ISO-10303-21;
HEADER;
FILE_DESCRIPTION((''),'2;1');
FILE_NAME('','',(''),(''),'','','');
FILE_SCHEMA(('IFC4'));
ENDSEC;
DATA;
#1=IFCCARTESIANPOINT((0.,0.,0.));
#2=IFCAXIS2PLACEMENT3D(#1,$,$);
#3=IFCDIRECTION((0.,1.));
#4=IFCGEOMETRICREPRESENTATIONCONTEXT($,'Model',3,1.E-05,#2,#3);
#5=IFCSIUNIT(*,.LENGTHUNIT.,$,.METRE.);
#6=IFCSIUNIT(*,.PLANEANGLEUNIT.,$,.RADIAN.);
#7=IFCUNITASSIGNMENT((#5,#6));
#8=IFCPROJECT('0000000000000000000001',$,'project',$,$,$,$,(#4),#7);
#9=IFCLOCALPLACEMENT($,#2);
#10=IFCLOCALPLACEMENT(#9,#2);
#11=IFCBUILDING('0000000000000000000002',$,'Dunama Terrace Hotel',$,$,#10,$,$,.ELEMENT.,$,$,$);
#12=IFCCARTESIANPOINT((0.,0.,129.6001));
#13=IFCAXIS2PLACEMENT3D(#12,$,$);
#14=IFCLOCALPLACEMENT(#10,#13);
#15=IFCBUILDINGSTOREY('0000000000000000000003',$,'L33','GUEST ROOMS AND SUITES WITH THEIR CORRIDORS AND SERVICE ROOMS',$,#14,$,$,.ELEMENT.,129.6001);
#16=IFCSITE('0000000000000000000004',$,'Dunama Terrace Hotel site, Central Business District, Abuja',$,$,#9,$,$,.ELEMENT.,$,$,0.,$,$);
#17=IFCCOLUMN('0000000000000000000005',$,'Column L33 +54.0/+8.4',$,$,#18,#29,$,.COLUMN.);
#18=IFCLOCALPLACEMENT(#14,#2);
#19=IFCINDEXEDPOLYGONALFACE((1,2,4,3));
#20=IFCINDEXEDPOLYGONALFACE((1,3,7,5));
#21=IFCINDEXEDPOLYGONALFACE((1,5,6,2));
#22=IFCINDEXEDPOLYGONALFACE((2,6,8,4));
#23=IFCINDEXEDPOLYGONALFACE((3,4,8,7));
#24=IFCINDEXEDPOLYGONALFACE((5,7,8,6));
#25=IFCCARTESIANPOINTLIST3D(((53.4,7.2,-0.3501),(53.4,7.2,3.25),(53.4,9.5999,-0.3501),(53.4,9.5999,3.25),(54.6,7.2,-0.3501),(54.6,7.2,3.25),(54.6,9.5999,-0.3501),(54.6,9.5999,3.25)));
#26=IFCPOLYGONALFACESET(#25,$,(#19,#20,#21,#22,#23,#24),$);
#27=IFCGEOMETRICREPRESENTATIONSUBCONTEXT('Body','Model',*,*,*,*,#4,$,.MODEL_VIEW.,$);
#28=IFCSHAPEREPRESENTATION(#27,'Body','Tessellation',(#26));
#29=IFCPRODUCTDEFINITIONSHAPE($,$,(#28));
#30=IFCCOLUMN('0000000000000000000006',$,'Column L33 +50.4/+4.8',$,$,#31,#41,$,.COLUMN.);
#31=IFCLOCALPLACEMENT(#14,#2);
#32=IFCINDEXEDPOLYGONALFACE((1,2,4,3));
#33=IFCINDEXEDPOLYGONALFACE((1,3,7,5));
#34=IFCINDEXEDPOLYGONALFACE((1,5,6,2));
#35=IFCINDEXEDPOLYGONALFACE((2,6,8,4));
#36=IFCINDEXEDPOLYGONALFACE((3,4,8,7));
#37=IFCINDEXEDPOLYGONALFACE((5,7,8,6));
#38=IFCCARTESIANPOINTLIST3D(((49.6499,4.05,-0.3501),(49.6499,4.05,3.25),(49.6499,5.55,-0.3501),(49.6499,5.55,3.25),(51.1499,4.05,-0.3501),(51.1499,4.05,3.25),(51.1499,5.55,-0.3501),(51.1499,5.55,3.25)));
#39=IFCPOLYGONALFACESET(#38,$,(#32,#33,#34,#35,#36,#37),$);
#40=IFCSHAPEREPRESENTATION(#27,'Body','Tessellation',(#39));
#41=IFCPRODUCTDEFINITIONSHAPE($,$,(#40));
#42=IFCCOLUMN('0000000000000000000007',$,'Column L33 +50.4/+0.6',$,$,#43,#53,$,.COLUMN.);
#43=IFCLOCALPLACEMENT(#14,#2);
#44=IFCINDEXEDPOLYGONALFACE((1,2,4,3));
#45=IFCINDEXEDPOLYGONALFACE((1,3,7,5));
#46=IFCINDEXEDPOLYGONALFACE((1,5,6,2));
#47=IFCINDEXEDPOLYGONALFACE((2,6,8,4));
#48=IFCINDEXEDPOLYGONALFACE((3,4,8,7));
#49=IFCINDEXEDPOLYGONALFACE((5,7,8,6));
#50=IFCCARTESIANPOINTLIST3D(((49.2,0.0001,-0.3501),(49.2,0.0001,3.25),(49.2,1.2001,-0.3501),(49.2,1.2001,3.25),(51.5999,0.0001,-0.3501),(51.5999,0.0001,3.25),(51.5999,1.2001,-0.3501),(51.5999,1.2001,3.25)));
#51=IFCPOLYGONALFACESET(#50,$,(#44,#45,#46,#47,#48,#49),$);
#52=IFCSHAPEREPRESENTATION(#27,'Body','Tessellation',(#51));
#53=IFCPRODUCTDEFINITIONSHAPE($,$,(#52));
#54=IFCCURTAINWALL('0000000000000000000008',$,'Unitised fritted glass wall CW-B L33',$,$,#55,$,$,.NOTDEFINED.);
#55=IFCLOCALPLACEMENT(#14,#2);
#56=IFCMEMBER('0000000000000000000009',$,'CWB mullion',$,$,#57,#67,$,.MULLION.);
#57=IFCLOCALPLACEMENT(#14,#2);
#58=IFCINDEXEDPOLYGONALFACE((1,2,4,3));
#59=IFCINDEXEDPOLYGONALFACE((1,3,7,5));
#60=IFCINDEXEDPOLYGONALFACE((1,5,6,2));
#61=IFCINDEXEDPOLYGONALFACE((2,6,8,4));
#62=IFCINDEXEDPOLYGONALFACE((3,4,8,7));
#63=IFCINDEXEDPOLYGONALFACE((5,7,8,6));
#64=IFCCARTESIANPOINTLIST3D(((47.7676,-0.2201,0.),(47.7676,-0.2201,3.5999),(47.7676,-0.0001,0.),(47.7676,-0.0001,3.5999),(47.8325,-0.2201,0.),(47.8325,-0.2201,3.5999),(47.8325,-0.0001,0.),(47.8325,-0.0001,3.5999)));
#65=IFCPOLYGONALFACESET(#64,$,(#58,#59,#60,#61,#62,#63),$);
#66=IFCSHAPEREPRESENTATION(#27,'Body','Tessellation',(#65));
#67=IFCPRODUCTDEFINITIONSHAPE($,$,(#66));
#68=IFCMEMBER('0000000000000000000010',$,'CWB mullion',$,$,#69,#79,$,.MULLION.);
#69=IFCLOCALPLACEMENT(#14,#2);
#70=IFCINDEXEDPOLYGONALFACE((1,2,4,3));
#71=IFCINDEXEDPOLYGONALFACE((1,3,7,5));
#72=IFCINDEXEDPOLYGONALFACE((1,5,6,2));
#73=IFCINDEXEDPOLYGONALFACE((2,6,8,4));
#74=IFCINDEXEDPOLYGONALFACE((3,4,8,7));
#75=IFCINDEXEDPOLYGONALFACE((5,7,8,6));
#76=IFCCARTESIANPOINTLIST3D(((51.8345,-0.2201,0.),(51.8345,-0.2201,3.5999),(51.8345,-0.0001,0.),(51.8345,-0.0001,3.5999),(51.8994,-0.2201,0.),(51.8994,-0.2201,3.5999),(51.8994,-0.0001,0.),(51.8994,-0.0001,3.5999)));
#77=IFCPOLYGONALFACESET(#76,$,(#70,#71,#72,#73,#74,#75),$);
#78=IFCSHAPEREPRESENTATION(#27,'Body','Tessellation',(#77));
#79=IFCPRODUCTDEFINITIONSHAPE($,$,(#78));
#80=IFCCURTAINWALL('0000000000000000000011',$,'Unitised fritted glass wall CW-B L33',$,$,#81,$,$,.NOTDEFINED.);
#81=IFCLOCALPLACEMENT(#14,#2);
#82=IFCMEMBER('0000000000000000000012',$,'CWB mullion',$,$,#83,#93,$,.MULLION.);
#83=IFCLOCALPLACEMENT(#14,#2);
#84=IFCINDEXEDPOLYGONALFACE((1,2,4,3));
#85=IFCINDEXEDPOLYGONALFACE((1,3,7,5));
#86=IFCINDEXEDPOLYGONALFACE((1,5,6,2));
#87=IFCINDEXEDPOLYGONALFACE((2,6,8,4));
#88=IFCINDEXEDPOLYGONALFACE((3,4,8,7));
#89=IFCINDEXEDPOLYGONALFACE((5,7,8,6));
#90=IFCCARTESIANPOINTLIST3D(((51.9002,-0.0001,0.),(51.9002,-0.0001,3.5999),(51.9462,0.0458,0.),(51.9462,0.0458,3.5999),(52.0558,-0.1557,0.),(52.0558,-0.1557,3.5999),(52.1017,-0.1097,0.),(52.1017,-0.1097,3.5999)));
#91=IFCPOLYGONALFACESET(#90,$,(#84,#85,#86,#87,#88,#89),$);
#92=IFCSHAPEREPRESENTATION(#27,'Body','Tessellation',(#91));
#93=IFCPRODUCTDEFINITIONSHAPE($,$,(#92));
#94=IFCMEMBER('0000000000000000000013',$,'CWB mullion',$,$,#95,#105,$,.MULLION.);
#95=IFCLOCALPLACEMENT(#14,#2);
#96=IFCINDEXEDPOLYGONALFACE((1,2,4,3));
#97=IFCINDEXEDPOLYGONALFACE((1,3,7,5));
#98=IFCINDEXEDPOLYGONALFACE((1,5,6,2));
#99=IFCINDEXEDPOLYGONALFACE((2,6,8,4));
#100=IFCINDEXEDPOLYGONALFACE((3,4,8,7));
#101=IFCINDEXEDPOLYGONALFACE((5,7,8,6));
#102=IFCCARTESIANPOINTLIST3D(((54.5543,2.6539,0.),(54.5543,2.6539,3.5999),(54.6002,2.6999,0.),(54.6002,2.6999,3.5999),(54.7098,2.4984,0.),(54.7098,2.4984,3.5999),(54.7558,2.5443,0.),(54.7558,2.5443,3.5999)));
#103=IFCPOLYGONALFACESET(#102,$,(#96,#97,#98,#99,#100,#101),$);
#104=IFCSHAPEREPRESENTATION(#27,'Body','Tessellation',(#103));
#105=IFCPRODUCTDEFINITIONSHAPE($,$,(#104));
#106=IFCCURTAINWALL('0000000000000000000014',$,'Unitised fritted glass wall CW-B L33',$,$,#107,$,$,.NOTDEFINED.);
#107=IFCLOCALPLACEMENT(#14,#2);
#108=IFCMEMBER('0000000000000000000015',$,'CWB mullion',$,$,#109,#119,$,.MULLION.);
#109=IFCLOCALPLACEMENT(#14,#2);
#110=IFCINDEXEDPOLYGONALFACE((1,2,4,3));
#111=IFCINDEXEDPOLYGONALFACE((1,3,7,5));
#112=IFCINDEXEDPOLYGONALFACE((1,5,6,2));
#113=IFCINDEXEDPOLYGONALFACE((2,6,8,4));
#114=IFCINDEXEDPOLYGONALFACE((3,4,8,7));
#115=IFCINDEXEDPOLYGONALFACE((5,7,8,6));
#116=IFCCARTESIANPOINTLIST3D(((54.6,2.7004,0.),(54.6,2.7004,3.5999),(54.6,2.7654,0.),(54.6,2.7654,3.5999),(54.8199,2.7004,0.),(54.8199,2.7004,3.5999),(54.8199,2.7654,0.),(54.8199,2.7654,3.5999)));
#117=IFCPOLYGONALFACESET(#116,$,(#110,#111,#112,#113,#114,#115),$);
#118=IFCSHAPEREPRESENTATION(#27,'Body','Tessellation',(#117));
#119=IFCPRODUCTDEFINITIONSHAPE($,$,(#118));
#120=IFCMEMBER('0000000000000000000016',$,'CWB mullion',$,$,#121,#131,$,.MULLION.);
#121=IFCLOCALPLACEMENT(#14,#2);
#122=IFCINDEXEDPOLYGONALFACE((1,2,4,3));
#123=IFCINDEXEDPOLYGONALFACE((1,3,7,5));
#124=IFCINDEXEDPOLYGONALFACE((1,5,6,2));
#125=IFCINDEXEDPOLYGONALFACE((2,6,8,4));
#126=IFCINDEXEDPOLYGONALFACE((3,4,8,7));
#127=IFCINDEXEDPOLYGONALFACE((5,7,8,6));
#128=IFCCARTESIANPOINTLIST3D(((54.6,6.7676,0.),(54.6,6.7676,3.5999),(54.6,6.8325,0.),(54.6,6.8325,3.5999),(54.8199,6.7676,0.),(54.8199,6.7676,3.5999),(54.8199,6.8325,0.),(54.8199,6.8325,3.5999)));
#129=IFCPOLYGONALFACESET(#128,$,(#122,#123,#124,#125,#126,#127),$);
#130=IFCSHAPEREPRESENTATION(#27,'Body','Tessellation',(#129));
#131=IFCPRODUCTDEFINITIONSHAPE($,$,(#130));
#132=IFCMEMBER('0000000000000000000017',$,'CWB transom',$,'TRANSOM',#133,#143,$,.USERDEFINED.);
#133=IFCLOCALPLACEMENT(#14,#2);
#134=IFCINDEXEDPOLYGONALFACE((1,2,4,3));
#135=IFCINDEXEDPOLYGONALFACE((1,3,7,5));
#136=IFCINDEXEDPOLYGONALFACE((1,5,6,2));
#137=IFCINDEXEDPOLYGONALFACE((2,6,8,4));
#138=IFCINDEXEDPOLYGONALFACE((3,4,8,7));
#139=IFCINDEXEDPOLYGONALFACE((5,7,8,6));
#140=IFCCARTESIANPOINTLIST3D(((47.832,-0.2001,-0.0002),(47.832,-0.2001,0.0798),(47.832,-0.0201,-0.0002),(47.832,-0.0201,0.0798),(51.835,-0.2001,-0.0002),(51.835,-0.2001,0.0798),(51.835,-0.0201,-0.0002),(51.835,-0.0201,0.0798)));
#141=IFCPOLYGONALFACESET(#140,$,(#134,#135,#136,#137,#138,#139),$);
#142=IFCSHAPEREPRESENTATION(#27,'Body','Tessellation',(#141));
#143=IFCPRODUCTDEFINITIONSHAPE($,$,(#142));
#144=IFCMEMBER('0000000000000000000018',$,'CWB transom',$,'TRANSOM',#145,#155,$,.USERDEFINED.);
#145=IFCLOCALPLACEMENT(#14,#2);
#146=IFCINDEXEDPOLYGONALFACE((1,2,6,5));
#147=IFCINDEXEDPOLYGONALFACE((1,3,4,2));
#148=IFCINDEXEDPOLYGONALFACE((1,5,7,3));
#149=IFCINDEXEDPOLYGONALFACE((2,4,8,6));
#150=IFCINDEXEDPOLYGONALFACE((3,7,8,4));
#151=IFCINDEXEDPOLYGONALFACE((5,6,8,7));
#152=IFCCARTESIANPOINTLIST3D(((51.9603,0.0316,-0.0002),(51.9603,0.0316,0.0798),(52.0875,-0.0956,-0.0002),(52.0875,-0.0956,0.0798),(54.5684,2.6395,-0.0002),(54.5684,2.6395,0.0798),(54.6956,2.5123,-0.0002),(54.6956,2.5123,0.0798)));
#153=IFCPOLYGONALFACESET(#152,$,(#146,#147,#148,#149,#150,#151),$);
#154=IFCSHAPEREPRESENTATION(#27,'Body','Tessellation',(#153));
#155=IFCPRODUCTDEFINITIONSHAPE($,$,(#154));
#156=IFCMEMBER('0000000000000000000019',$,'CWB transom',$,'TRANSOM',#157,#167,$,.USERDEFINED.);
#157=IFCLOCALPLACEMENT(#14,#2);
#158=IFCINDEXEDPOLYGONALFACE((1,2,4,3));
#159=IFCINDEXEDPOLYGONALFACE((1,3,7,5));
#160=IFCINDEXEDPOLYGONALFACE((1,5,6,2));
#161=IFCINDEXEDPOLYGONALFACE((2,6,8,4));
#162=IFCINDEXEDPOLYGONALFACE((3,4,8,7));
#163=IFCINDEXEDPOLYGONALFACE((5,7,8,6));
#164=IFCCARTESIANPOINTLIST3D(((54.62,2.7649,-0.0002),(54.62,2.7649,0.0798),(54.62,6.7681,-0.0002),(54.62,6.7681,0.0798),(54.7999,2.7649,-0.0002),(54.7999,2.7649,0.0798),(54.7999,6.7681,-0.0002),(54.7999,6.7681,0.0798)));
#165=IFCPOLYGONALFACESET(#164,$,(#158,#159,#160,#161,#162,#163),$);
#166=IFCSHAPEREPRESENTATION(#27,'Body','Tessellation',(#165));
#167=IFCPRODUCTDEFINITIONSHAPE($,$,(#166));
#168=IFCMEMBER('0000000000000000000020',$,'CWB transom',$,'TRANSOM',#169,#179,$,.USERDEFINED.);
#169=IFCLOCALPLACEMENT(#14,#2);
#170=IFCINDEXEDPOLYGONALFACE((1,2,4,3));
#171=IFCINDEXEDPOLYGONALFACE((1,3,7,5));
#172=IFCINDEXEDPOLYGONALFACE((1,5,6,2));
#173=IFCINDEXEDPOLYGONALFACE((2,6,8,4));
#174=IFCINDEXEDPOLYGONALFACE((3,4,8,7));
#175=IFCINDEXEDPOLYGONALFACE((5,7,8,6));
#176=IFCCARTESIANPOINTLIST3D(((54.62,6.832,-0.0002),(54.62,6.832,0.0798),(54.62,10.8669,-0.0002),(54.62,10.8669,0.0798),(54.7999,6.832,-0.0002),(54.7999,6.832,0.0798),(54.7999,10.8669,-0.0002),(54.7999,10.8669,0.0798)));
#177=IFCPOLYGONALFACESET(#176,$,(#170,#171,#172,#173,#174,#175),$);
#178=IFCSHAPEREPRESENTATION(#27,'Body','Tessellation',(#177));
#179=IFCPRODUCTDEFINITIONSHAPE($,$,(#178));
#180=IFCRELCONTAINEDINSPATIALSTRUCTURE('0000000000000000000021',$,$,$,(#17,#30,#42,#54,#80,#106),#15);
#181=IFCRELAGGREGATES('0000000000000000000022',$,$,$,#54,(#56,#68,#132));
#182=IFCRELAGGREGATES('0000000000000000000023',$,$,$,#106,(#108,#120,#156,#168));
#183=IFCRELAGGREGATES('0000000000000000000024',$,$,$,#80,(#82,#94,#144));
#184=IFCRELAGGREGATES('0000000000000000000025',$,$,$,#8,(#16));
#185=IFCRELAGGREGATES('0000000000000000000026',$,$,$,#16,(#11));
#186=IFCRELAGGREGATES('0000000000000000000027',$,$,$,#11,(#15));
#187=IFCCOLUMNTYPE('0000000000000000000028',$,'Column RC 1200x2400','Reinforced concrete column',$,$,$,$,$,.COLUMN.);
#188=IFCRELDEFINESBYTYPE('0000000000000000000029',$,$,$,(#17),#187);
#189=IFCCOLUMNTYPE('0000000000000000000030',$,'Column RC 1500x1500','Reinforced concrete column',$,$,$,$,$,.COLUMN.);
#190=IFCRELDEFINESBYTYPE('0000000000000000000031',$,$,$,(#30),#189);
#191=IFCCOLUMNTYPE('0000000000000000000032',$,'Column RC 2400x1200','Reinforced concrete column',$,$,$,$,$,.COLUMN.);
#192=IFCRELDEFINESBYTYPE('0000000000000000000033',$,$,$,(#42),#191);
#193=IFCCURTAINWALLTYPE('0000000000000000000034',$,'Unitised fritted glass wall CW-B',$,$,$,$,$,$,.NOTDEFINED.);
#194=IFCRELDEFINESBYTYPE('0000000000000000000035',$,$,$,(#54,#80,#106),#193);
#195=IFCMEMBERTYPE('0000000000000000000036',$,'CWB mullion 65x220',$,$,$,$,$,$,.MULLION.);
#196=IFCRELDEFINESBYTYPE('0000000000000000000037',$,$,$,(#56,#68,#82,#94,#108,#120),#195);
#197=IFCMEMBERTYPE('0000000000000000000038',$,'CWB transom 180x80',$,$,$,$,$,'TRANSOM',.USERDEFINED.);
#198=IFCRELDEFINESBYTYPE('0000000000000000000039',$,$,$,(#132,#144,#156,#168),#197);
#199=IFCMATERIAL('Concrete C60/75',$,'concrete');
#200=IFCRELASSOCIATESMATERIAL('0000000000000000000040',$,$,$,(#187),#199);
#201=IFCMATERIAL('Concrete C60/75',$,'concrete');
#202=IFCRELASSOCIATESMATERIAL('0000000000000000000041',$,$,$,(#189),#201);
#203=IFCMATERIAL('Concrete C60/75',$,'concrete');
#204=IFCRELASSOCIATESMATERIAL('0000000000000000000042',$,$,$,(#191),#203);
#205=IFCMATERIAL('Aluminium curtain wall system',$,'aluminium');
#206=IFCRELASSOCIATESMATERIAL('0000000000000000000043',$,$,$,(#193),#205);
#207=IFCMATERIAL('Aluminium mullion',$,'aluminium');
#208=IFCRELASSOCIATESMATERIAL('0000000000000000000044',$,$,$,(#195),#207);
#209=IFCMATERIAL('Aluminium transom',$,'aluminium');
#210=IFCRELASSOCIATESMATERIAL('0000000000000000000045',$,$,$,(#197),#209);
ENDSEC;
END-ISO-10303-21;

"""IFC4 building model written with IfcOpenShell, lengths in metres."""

from ifc_helpers import new_model, si_unit, direction, frame, origin, origin_2d, place, context, subcontext, project, spatial, rectangle, extrude, material, material_profile, profile_set, type_object, element, aggregate, save


model = new_model("IFC4")

# Units and contexts
model_context = context("Model", 3, precision=1e-05, world=origin(), true_north=direction((0.0, 1.0)))
body_context = subcontext(model_context, "Body", "Model", "MODEL_VIEW")
ifc_project = project(units=[si_unit("LENGTHUNIT", "METRE"), si_unit("PLANEANGLEUNIT", "RADIAN")], contexts=[model_context])

# Site, building, storey
site_placement = place(None, origin())
site = spatial("IfcSite", under=ifc_project, at=site_placement, Name="Dunama Terrace Hotel site, Central Business District, Abuja", CompositionType="ELEMENT", RefElevation=0.0)
building_placement = place(site_placement, origin())
building = spatial("IfcBuilding", under=site, at=building_placement, Name="Dunama Terrace Hotel", CompositionType="ELEMENT")
storey_placement = place(building_placement, frame((0.0, 0.0, 129.6001)))
storey = spatial("IfcBuildingStorey", under=building, at=storey_placement, Name="L33", Description="GUEST ROOMS AND SUITES WITH THEIR CORRIDORS AND SERVICE ROOMS", CompositionType="ELEMENT", Elevation=129.6001)

# Columns
ifc_material_1 = material(Name="Concrete C60/75", Category="concrete")
ifc_material_profile_1 = material_profile(ifc_material_1, rectangle(XDim=1.2, YDim=2.3999, at=origin_2d()), Name="RC 1200x2400")
ifc_profile_set_1 = profile_set([ifc_material_profile_1], Name="Concrete C60/75")
column_type_1 = type_object("IfcColumnType", Name="Column RC 1200x2400", Description="Reinforced concrete column", PredefinedType="COLUMN", material=ifc_profile_set_1)
column_1_placement = place(storey_placement, frame((54.0, 8.3999, -0.3501), z_axis=(0.0, 0.0, 1.0), x_axis=(1.0, 0.0, 0.0)))
element("IfcColumn", 1, at=column_1_placement, inside=storey, type_object=column_type_1, Name="Column L33 +54.0/+8.4", PredefinedType="COLUMN", context=body_context, shape_type="SweptSolid", body=[
    extrude(rectangle(XDim=1.2, YDim=2.3999, at=origin_2d()), origin(), (0.0, 0.0, 1.0), 3.6001),
])
ifc_material_2 = material(Name="Concrete C60/75", Category="concrete")
ifc_material_profile_2 = material_profile(ifc_material_2, rectangle(XDim=1.5, YDim=1.5, at=origin_2d()), Name="RC 1500x1500")
ifc_profile_set_2 = profile_set([ifc_material_profile_2], Name="Concrete C60/75")
column_type_2 = type_object("IfcColumnType", Name="Column RC 1500x1500", Description="Reinforced concrete column", PredefinedType="COLUMN", material=ifc_profile_set_2)
column_2_placement = place(storey_placement, frame((50.3999, 4.8, -0.3501), z_axis=(0.0, 0.0, 1.0), x_axis=(1.0, 0.0, 0.0)))
element("IfcColumn", 2, at=column_2_placement, inside=storey, type_object=column_type_2, Name="Column L33 +50.4/+4.8", PredefinedType="COLUMN", context=body_context, shape_type="SweptSolid", body=[
    extrude(rectangle(XDim=1.5, YDim=1.5, at=origin_2d()), origin(), (0.0, 0.0, 1.0), 3.6001),
])
ifc_material_3 = material(Name="Concrete C60/75", Category="concrete")
ifc_material_profile_3 = material_profile(ifc_material_3, rectangle(XDim=2.3999, YDim=1.2, at=origin_2d()), Name="RC 2400x1200")
ifc_profile_set_3 = profile_set([ifc_material_profile_3], Name="Concrete C60/75")
column_type_3 = type_object("IfcColumnType", Name="Column RC 2400x1200", Description="Reinforced concrete column", PredefinedType="COLUMN", material=ifc_profile_set_3)
column_3_placement = place(storey_placement, frame((50.3999, 0.6001, -0.3501), z_axis=(0.0, 0.0, 1.0), x_axis=(1.0, 0.0, 0.0)))
element("IfcColumn", 3, at=column_3_placement, inside=storey, type_object=column_type_3, Name="Column L33 +50.4/+0.6", PredefinedType="COLUMN", context=body_context, shape_type="SweptSolid", body=[
    extrude(rectangle(XDim=2.3999, YDim=1.2, at=origin_2d()), origin(), (0.0, 0.0, 1.0), 3.6001),
])

# Curtain walls, members
ifc_material_4 = material(Name="Aluminium curtain wall system", Category="aluminium")
curtain_wall_type = type_object("IfcCurtainWallType", Name="Unitised fritted glass wall CW-B", PredefinedType="NOTDEFINED", material=ifc_material_4)
curtain_wall_1_placement = place(storey_placement, origin())
curtain_wall_1 = element("IfcCurtainWall", 4, at=curtain_wall_1_placement, inside=storey, type_object=curtain_wall_type, Name="Unitised fritted glass wall CW-B L33", PredefinedType="NOTDEFINED")
ifc_material_5 = material(Name="Aluminium mullion", Category="aluminium")
ifc_material_profile_4 = material_profile(ifc_material_5, rectangle(XDim=0.0649, YDim=0.22, at=origin_2d()), Name="CWB MULLION 65X220")
ifc_profile_set_4 = profile_set([ifc_material_profile_4], Name="Aluminium mullion")
member_type_1 = type_object("IfcMemberType", Name="CWB mullion 65x220", PredefinedType="MULLION", material=ifc_profile_set_4)
member_1_placement = place(storey_placement, frame((47.8, -0.1101, 0.0), z_axis=(0.0, 0.0, 1.0), x_axis=(1.0, 0.0, 0.0)))
member_1 = element("IfcMember", 5, at=member_1_placement, type_object=member_type_1, Name="CWB mullion", PredefinedType="MULLION", context=body_context, shape_type="SweptSolid", body=[
    extrude(rectangle(XDim=0.0649, YDim=0.22, at=origin_2d()), origin(), (0.0, 0.0, 1.0), 3.5999),
])
member_2_placement = place(storey_placement, frame((51.8669, -0.1101, 0.0), z_axis=(0.0, 0.0, 1.0), x_axis=(1.0, 0.0, 0.0)))
member_2 = element("IfcMember", 6, at=member_2_placement, type_object=member_type_1, Name="CWB mullion", PredefinedType="MULLION", context=body_context, shape_type="SweptSolid", body=[
    extrude(rectangle(XDim=0.0649, YDim=0.22, at=origin_2d()), origin(), (0.0, 0.0, 1.0), 3.5999),
])
curtain_wall_2_placement = place(storey_placement, origin())
curtain_wall_2 = element("IfcCurtainWall", 7, at=curtain_wall_2_placement, inside=storey, type_object=curtain_wall_type, Name="Unitised fritted glass wall CW-B L33", PredefinedType="NOTDEFINED")
member_3_placement = place(storey_placement, frame((52.001, -0.0549, 0.0), z_axis=(0.0, 0.0, 1.0), x_axis=(0.707107, 0.707107, 0.0)))
member_3 = element("IfcMember", 8, at=member_3_placement, type_object=member_type_1, Name="CWB mullion", PredefinedType="MULLION", context=body_context, shape_type="SweptSolid", body=[
    extrude(rectangle(XDim=0.0649, YDim=0.22, at=origin_2d()), origin(), (0.0, 0.0, 1.0), 3.5999),
])
member_4_placement = place(storey_placement, frame((54.655, 2.5991, 0.0), z_axis=(0.0, 0.0, 1.0), x_axis=(0.707107, 0.707107, 0.0)))
member_4 = element("IfcMember", 9, at=member_4_placement, type_object=member_type_1, Name="CWB mullion", PredefinedType="MULLION", context=body_context, shape_type="SweptSolid", body=[
    extrude(rectangle(XDim=0.0649, YDim=0.22, at=origin_2d()), origin(), (0.0, 0.0, 1.0), 3.5999),
])
curtain_wall_3_placement = place(storey_placement, origin())
curtain_wall_3 = element("IfcCurtainWall", 10, at=curtain_wall_3_placement, inside=storey, type_object=curtain_wall_type, Name="Unitised fritted glass wall CW-B L33", PredefinedType="NOTDEFINED")
member_5_placement = place(storey_placement, frame((54.71, 2.7329, 0.0), z_axis=(0.0, 0.0, 1.0), x_axis=(0.0, 1.0, 0.0)))
member_5 = element("IfcMember", 11, at=member_5_placement, type_object=member_type_1, Name="CWB mullion", PredefinedType="MULLION", context=body_context, shape_type="SweptSolid", body=[
    extrude(rectangle(XDim=0.0649, YDim=0.22, at=origin_2d()), origin(), (0.0, 0.0, 1.0), 3.5999),
])
member_6_placement = place(storey_placement, frame((54.71, 6.8, 0.0), z_axis=(0.0, 0.0, 1.0), x_axis=(0.0, 1.0, 0.0)))
member_6 = element("IfcMember", 12, at=member_6_placement, type_object=member_type_1, Name="CWB mullion", PredefinedType="MULLION", context=body_context, shape_type="SweptSolid", body=[
    extrude(rectangle(XDim=0.0649, YDim=0.22, at=origin_2d()), origin(), (0.0, 0.0, 1.0), 3.5999),
])

# Members
ifc_material_6 = material(Name="Aluminium transom", Category="aluminium")
ifc_material_profile_5 = material_profile(ifc_material_6, rectangle(XDim=0.1799, YDim=0.0801, at=origin_2d()), Name="CWB TRANSOM 180X80")
ifc_profile_set_5 = profile_set([ifc_material_profile_5], Name="Aluminium transom")
member_type_2 = type_object("IfcMemberType", Name="CWB transom 180x80", ElementType="TRANSOM", PredefinedType="USERDEFINED", material=ifc_profile_set_5)
member_7_placement = place(storey_placement, frame((47.832, -0.1101, 0.0398), z_axis=(1.0, 0.0, 0.0), x_axis=(0.0, 1.0, 0.0)))
member_7 = element("IfcMember", 13, at=member_7_placement, type_object=member_type_2, Name="CWB transom", ObjectType="TRANSOM", PredefinedType="USERDEFINED", context=body_context, shape_type="SweptSolid", body=[
    extrude(rectangle(XDim=0.1799, YDim=0.0801, at=origin_2d()), origin(), (0.0, 0.0, 1.0), 4.0029),
])
member_8_placement = place(storey_placement, frame((52.0239, -0.032, 0.0398), z_axis=(0.70714, 0.707074, 0.0), x_axis=(-0.707074, 0.70714, 0.0)))
member_8 = element("IfcMember", 14, at=member_8_placement, type_object=member_type_2, Name="CWB transom", ObjectType="TRANSOM", PredefinedType="USERDEFINED", context=body_context, shape_type="SweptSolid", body=[
    extrude(rectangle(XDim=0.1799, YDim=0.0801, at=origin_2d()), origin(), (0.0, 0.0, 1.0), 3.6882),
])
member_9_placement = place(storey_placement, frame((54.71, 2.7649, 0.0398), z_axis=(0.0, 1.0, 0.0), x_axis=(-1.0, 0.0, 0.0)))
member_9 = element("IfcMember", 15, at=member_9_placement, type_object=member_type_2, Name="CWB transom", ObjectType="TRANSOM", PredefinedType="USERDEFINED", context=body_context, shape_type="SweptSolid", body=[
    extrude(rectangle(XDim=0.1799, YDim=0.0801, at=origin_2d()), origin(), (0.0, 0.0, 1.0), 4.0032),
])
member_10_placement = place(storey_placement, frame((54.71, 6.832, 0.0398), z_axis=(0.0, 1.0, 0.0), x_axis=(-1.0, 0.0, 0.0)))
member_10 = element("IfcMember", 16, at=member_10_placement, type_object=member_type_2, Name="CWB transom", ObjectType="TRANSOM", PredefinedType="USERDEFINED", context=body_context, shape_type="SweptSolid", body=[
    extrude(rectangle(XDim=0.1799, YDim=0.0801, at=origin_2d()), origin(), (0.0, 0.0, 1.0), 4.0349),
])

aggregate(curtain_wall_1, [member_1, member_2, member_7])
aggregate(curtain_wall_3, [member_5, member_6, member_9, member_10])
aggregate(curtain_wall_2, [member_3, member_4, member_8])

save(model, "model.ifc")
